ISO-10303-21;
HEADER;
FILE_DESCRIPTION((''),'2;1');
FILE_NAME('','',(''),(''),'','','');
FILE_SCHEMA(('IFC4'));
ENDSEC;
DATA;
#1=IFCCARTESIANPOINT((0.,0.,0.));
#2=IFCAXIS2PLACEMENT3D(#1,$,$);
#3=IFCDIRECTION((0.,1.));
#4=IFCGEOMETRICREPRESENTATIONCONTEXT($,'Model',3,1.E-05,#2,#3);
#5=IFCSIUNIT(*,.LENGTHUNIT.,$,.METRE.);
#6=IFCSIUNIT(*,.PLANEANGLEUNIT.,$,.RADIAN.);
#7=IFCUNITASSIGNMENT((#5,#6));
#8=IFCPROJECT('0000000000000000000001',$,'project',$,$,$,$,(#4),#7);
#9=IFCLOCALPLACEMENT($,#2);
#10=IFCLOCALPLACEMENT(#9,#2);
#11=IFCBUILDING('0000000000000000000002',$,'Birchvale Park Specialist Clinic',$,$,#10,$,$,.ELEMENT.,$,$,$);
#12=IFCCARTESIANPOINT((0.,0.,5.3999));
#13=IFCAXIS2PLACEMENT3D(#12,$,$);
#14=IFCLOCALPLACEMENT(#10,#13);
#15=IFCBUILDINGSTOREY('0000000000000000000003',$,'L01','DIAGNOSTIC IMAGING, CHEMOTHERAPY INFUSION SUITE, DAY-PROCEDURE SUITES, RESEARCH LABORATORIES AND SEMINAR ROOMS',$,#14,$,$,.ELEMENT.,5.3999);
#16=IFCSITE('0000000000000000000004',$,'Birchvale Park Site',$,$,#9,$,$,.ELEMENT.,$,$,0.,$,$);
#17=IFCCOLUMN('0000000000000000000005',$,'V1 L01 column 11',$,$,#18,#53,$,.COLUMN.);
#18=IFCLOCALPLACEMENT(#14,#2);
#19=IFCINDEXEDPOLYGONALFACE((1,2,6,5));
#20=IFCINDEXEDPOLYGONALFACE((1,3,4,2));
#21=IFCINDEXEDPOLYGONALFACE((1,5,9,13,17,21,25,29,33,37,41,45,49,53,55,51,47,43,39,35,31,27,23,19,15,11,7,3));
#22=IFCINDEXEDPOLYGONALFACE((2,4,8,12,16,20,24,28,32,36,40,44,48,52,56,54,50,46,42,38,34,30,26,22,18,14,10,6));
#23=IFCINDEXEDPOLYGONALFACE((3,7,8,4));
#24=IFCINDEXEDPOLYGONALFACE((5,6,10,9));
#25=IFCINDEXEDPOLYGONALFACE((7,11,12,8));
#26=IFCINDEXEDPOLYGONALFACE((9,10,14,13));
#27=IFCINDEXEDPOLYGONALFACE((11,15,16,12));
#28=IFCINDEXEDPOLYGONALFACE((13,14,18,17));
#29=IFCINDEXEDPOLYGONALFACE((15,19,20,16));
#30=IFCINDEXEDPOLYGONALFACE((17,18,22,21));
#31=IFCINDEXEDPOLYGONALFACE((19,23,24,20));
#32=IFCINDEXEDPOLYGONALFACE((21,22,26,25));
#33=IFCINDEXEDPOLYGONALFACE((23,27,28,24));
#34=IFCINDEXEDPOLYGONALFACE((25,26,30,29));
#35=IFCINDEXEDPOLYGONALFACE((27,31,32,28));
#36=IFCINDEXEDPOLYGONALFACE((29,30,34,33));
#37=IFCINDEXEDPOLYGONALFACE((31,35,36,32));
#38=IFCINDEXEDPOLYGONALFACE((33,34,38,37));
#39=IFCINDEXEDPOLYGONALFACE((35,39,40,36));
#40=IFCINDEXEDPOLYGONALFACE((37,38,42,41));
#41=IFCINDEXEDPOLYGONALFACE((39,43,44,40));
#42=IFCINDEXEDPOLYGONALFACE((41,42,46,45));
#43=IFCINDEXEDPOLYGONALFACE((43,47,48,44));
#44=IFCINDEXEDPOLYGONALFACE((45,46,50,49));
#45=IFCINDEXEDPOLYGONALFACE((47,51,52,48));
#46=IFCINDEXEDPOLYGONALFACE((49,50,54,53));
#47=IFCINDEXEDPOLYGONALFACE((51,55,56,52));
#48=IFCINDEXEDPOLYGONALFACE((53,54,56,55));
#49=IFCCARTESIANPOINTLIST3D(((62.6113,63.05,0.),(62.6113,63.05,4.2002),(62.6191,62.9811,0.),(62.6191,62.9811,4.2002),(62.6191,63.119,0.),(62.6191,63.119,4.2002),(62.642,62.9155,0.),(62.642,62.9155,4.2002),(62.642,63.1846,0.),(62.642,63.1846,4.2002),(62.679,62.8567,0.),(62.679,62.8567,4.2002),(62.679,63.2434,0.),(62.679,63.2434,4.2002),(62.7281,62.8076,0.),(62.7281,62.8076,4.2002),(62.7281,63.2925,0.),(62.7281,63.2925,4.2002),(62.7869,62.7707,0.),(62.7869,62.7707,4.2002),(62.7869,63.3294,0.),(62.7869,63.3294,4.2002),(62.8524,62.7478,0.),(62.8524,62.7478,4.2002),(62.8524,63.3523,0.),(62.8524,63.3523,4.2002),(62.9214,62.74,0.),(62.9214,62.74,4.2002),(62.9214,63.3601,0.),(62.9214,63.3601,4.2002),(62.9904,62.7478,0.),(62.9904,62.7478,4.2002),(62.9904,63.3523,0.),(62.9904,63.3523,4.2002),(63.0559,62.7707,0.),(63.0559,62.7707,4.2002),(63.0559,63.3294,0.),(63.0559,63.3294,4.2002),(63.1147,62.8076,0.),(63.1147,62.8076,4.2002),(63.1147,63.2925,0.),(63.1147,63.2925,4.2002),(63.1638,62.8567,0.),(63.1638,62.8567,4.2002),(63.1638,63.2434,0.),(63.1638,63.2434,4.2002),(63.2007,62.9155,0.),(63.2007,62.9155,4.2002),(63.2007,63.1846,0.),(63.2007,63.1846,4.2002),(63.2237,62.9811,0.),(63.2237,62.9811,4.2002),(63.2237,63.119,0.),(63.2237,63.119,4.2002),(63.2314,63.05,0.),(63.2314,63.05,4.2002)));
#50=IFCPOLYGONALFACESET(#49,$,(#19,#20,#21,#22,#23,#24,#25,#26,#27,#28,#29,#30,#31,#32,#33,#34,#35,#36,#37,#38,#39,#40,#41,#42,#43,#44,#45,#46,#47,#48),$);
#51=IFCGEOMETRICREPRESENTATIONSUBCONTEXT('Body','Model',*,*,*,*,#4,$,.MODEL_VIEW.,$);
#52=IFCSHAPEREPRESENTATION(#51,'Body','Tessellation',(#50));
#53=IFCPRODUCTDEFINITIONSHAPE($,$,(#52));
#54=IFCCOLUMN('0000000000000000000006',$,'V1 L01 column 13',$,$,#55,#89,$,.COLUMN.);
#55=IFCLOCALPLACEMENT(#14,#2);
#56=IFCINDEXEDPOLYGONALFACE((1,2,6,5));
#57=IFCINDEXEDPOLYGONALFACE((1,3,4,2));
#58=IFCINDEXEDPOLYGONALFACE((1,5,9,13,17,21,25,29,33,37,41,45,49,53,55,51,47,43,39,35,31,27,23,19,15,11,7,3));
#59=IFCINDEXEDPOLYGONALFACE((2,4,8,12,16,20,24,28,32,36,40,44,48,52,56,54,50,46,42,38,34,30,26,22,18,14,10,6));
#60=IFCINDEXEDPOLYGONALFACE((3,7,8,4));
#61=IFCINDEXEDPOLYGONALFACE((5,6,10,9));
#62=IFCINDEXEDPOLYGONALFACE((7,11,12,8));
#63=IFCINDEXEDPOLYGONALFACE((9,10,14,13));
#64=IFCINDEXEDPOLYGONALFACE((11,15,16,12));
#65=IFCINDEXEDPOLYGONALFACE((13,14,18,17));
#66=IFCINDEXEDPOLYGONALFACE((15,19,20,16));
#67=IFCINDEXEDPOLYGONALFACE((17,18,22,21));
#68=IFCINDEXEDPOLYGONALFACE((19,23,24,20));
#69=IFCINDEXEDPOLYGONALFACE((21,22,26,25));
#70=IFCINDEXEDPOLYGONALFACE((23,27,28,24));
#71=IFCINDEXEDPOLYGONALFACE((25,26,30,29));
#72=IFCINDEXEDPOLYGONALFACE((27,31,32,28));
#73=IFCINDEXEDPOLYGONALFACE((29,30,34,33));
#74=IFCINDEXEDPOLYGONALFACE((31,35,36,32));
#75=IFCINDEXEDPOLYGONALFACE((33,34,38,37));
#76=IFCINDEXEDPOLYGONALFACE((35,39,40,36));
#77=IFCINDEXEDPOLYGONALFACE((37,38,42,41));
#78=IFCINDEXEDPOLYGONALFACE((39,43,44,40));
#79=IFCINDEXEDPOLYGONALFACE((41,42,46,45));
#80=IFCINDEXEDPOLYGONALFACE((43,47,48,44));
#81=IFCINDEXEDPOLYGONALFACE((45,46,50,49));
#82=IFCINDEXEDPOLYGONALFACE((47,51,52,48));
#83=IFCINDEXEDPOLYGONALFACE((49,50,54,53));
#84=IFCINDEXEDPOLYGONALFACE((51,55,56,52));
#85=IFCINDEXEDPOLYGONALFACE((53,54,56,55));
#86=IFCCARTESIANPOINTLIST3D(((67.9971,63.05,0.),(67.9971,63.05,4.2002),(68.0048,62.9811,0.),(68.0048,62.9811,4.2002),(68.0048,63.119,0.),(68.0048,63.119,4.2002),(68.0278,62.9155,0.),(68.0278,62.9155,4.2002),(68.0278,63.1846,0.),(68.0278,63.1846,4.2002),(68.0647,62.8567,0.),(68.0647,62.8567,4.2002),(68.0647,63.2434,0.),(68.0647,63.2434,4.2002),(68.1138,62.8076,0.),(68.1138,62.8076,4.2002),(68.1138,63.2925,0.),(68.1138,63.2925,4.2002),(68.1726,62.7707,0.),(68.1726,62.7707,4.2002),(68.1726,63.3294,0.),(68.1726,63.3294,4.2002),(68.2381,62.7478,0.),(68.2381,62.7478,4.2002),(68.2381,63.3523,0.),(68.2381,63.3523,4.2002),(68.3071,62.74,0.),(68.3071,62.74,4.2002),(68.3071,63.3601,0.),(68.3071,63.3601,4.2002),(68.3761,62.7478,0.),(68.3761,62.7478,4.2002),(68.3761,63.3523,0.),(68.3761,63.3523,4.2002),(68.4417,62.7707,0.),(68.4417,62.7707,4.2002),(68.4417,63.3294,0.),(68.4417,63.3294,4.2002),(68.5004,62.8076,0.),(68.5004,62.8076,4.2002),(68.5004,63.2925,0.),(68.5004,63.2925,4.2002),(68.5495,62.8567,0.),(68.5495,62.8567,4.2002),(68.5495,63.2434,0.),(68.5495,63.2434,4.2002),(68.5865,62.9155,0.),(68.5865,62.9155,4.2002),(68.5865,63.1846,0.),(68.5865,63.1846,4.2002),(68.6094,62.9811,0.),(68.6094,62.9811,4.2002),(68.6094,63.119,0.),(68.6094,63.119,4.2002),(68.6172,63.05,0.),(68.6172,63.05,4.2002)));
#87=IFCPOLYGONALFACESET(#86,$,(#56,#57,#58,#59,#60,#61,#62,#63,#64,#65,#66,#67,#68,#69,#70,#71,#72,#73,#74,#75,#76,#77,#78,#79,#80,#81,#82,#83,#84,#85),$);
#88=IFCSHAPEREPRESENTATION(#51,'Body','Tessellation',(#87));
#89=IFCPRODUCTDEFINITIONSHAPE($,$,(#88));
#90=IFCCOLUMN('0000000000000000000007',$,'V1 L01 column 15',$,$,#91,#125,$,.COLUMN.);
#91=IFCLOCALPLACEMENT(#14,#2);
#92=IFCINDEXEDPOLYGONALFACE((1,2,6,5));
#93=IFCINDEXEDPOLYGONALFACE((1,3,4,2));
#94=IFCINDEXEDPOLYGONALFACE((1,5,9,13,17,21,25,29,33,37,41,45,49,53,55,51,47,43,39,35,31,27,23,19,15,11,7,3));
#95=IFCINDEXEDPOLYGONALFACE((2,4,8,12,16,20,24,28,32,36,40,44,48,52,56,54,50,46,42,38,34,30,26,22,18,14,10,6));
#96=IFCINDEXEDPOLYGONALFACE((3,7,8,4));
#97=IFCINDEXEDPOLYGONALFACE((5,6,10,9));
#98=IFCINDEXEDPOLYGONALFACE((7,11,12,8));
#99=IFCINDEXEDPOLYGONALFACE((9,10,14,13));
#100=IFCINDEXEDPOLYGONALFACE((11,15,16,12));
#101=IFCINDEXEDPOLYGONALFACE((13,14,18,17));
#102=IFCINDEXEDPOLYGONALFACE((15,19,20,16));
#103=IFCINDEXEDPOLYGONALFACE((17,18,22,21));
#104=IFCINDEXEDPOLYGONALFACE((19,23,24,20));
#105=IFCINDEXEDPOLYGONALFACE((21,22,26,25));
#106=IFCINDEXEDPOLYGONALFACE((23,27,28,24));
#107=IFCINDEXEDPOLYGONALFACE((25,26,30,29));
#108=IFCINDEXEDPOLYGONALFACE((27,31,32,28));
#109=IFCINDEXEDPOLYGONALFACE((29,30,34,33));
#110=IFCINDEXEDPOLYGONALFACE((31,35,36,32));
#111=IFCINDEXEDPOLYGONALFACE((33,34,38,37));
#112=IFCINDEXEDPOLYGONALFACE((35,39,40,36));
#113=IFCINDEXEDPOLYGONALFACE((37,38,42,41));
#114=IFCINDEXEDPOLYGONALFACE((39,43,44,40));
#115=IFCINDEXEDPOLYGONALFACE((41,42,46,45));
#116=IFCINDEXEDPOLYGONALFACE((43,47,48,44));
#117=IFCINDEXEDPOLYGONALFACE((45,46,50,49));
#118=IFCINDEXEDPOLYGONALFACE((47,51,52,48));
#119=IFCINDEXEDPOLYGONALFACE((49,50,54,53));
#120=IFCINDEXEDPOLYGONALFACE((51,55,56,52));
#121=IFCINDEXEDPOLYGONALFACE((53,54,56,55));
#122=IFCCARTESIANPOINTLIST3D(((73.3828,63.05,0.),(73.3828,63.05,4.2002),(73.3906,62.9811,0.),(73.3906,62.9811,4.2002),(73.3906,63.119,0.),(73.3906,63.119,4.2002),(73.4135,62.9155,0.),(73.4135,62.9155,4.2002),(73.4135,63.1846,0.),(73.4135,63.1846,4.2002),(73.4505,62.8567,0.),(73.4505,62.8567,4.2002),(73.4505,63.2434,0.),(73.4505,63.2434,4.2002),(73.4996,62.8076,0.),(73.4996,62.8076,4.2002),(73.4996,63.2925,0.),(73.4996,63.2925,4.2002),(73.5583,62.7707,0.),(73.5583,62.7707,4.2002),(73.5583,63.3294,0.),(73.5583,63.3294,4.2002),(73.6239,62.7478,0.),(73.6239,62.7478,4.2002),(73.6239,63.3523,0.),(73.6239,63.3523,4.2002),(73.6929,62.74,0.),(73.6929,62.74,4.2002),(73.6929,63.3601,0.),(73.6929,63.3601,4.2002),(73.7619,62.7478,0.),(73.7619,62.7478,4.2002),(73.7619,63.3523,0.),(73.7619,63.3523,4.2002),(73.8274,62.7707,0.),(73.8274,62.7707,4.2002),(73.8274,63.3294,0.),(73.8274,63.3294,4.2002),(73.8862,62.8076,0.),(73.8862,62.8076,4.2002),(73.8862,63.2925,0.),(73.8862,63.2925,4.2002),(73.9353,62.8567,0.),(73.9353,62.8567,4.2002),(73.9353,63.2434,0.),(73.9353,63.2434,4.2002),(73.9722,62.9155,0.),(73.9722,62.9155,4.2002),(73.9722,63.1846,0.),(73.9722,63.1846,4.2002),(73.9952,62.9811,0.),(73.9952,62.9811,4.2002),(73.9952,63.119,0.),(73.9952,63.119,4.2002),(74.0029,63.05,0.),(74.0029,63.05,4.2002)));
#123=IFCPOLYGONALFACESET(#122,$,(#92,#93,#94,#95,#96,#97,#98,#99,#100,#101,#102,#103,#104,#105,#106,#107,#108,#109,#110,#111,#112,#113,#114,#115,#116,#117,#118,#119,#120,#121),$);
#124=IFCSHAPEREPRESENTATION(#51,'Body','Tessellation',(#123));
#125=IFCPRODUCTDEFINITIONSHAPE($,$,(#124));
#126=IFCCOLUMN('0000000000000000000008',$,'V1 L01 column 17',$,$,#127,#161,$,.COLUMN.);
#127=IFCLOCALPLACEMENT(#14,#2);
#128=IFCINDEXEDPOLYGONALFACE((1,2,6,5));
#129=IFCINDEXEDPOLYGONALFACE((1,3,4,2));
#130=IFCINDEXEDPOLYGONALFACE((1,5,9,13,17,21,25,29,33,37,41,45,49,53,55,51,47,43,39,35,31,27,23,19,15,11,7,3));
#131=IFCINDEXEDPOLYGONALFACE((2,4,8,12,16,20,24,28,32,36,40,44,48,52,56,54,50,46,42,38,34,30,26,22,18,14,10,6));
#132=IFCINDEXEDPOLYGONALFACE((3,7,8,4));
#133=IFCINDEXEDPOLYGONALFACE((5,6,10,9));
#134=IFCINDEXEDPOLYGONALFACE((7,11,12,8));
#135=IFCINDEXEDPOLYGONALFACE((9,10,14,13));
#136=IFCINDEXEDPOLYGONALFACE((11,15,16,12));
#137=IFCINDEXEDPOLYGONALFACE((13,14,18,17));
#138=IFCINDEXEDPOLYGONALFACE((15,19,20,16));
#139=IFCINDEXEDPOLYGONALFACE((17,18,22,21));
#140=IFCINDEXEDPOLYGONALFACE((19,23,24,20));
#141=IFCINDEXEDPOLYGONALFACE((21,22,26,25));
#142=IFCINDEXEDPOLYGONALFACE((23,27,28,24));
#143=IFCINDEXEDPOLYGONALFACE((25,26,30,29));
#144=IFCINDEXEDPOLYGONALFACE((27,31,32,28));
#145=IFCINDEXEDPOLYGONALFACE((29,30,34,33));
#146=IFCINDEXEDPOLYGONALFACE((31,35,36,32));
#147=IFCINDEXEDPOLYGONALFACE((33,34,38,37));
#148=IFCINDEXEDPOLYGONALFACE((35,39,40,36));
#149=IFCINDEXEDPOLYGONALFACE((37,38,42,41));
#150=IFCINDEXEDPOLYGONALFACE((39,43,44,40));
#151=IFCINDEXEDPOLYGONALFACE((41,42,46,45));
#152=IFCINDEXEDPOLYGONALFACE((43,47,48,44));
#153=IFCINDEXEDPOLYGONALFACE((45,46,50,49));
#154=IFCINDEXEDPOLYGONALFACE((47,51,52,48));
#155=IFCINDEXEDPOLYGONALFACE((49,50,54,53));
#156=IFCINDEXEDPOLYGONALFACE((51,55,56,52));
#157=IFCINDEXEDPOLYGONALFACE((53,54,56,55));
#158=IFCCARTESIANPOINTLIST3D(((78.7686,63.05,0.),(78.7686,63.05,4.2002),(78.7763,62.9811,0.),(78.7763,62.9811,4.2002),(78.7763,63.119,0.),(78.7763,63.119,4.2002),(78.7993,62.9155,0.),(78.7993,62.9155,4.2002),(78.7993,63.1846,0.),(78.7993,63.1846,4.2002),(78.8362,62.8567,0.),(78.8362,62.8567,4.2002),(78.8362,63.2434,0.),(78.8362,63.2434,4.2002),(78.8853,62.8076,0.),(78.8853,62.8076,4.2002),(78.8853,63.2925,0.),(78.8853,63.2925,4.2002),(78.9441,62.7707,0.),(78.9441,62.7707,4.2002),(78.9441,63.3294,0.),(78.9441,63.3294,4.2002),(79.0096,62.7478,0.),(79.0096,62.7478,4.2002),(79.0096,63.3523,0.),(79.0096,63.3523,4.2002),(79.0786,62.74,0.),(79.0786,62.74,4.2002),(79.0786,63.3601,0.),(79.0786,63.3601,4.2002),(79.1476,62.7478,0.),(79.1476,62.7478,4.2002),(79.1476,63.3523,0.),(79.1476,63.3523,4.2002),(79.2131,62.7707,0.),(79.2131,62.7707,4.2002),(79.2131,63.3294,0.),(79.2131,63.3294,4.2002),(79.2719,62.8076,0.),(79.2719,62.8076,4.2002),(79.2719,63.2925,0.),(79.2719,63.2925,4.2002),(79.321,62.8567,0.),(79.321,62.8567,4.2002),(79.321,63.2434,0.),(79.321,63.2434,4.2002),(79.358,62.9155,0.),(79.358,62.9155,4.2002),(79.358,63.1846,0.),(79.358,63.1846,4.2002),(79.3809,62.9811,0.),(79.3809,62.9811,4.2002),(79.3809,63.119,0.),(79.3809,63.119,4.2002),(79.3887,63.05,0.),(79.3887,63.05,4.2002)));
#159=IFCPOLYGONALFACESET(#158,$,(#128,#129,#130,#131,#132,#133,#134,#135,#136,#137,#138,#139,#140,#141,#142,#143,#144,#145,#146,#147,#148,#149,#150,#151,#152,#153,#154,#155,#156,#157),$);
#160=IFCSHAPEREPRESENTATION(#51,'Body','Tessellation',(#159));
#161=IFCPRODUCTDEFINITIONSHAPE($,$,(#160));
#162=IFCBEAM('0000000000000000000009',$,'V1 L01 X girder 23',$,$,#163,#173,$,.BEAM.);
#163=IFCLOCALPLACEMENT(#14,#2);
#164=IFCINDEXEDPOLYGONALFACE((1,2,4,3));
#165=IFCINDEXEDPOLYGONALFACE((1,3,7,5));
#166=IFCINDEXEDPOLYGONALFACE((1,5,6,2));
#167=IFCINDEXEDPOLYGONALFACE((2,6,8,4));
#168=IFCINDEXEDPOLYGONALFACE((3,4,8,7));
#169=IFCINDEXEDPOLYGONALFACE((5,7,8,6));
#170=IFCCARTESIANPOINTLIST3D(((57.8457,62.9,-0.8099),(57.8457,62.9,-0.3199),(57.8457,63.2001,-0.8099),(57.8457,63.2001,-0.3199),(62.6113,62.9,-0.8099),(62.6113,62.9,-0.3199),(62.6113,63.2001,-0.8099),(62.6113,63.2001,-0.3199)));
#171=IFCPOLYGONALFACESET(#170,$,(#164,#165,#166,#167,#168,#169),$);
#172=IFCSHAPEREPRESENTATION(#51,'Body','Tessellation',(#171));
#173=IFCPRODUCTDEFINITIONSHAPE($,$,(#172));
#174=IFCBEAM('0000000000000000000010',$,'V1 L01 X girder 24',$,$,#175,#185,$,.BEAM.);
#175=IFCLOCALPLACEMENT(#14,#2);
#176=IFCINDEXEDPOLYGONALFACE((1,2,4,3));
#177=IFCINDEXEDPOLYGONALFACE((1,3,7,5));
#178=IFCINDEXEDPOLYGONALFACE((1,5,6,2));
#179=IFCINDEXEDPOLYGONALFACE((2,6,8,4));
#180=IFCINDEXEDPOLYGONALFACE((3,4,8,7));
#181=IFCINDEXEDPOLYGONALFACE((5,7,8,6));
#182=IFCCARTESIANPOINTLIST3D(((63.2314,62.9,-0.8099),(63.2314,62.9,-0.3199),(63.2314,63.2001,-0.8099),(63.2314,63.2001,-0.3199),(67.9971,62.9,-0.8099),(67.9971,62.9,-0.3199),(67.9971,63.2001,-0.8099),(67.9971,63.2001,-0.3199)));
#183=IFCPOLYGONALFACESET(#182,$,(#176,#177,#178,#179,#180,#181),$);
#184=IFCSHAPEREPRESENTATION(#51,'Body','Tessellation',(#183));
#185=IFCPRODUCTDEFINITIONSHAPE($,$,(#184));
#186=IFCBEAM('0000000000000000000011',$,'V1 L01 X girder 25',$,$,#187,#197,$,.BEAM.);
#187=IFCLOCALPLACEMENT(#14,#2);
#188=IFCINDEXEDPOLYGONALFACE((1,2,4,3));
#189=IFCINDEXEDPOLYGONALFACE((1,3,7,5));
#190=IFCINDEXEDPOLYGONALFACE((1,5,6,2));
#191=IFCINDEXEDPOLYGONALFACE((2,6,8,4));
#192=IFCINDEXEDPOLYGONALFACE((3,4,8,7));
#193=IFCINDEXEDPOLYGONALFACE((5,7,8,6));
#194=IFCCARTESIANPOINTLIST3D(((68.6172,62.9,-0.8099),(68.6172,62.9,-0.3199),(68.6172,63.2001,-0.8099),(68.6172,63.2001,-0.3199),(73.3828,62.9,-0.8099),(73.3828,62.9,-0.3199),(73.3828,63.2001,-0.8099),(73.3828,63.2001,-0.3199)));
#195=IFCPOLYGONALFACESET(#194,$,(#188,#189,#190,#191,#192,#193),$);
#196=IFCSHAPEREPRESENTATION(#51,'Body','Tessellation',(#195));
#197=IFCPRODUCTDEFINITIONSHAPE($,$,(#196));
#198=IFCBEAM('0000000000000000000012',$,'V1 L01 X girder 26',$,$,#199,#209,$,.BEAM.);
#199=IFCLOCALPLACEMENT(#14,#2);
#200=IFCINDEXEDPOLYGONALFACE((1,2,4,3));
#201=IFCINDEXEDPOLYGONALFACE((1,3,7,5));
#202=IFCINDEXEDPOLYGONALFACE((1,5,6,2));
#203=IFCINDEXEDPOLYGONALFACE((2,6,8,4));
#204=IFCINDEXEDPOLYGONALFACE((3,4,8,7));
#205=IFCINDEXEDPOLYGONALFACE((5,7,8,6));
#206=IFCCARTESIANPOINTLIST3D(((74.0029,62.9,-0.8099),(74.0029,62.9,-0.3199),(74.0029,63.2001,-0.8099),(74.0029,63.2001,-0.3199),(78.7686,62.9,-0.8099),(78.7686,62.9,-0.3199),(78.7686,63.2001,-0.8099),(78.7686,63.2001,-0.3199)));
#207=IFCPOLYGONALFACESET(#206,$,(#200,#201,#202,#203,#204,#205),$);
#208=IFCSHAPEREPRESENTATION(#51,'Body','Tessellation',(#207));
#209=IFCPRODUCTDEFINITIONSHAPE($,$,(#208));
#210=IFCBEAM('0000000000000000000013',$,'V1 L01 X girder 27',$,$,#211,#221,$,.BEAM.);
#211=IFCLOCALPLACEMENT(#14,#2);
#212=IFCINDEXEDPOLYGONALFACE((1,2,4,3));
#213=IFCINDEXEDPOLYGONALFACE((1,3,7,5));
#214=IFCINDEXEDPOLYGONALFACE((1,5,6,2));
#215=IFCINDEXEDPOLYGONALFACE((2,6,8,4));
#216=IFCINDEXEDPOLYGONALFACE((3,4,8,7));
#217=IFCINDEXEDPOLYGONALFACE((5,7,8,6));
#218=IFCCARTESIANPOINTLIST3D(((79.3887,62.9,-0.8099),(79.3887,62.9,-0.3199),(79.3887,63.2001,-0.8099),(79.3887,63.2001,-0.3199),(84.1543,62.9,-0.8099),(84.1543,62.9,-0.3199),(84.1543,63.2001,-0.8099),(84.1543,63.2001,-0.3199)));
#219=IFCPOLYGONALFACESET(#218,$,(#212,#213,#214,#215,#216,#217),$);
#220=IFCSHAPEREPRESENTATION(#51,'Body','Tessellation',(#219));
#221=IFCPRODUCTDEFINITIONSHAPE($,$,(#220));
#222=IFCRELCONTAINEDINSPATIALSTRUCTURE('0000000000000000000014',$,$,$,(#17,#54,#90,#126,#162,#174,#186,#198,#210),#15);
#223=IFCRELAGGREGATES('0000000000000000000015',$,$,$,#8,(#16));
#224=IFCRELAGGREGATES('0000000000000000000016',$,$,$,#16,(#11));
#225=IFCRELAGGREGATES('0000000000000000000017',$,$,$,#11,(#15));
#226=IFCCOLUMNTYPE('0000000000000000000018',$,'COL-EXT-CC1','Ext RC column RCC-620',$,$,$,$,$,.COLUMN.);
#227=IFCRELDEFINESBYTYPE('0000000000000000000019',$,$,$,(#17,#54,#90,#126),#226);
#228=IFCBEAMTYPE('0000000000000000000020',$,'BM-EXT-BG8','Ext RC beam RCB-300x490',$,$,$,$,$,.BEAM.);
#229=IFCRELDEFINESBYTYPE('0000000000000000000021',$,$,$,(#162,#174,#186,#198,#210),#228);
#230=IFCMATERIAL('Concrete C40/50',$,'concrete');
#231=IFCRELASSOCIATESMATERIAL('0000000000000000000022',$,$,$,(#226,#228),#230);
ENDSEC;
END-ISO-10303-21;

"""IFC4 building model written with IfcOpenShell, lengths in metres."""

from ifc_helpers import new_model, si_unit, direction, frame, origin, origin_2d, place, context, subcontext, project, spatial, rectangle, circle, extrude, material, material_profile, profile_set, type_object, element, save


model = new_model("IFC4")

# Units and contexts
model_context = context("Model", 3, precision=1e-05, world=origin(), true_north=direction((0.0, 1.0)))
body_context = subcontext(model_context, "Body", "Model", "MODEL_VIEW")
ifc_project = project(units=[si_unit("LENGTHUNIT", "METRE"), si_unit("PLANEANGLEUNIT", "RADIAN")], contexts=[model_context])

# Site, building, storey
site_placement = place(None, origin())
site = spatial("IfcSite", under=ifc_project, at=site_placement, Name="Birchvale Park Site", CompositionType="ELEMENT", RefElevation=0.0)
building_placement = place(site_placement, origin())
building = spatial("IfcBuilding", under=site, at=building_placement, Name="Birchvale Park Specialist Clinic", CompositionType="ELEMENT")
storey_placement = place(building_placement, frame((0.0, 0.0, 5.3999)))
storey = spatial("IfcBuildingStorey", under=building, at=storey_placement, Name="L01", Description="DIAGNOSTIC IMAGING, CHEMOTHERAPY INFUSION SUITE, DAY-PROCEDURE SUITES, RESEARCH LABORATORIES AND SEMINAR ROOMS", CompositionType="ELEMENT", Elevation=5.3999)

# Columns
ifc_material_1 = material(Name="Concrete C40/50", Category="concrete")
ifc_material_profile_1 = material_profile(ifc_material_1, circle(Radius=0.3101, at=origin_2d()), Name="RCC-620")
ifc_profile_set_1 = profile_set([ifc_material_profile_1], Name="Concrete C40/50")
column_type = type_object("IfcColumnType", Name="COL-EXT-CC1", Description="Ext RC column RCC-620", PredefinedType="COLUMN", material=ifc_profile_set_1)
for number, where, z_axis, x_axis, name in (
    (1, (62.9214, 63.05, 0.0), (0.0, 0.0, 1.0), (1.0, 0.0, 0.0), "V1 L01 column 11"),
    (2, (68.3071, 63.05, 0.0), (0.0, 0.0, 1.0), (1.0, 0.0, 0.0), "V1 L01 column 13"),
    (3, (73.6929, 63.05, 0.0), (0.0, 0.0, 1.0), (1.0, 0.0, 0.0), "V1 L01 column 15"),
    (4, (79.0786, 63.05, 0.0), (0.0, 0.0, 1.0), (1.0, 0.0, 0.0), "V1 L01 column 17"),
):
    element("IfcColumn", number, at=place(storey_placement, frame(where, z_axis=z_axis, x_axis=x_axis)), inside=storey, type_object=column_type, Name=name, PredefinedType="COLUMN", context=body_context, shape_type="SweptSolid", body=[
        extrude(circle(Radius=0.3101, at=origin_2d()), origin(), (0.0, 0.0, 1.0), 4.2002),
    ])

# Beams
ifc_material_profile_2 = material_profile(ifc_material_1, rectangle(XDim=0.3, YDim=0.49, at=origin_2d()), Name="RCB-300x490")
ifc_profile_set_2 = profile_set([ifc_material_profile_2], Name="Concrete C40/50")
beam_type = type_object("IfcBeamType", Name="BM-EXT-BG8", Description="Ext RC beam RCB-300x490", PredefinedType="BEAM", material=ifc_profile_set_2)
for number, where, z_axis, x_axis, name in (
    (5, (57.8457, 63.05, -0.5649), (1.0, 0.0, 0.0), (0.0, 1.0, 0.0), "V1 L01 X girder 23"),
    (6, (63.2314, 63.05, -0.5649), (1.0, 0.0, 0.0), (0.0, 1.0, 0.0), "V1 L01 X girder 24"),
    (7, (68.6172, 63.05, -0.5649), (1.0, 0.0, 0.0), (0.0, 1.0, 0.0), "V1 L01 X girder 25"),
    (8, (74.0029, 63.05, -0.5649), (1.0, 0.0, 0.0), (0.0, 1.0, 0.0), "V1 L01 X girder 26"),
    (9, (79.3887, 63.05, -0.5649), (1.0, 0.0, 0.0), (0.0, 1.0, 0.0), "V1 L01 X girder 27"),
):
    element("IfcBeam", number, at=place(storey_placement, frame(where, z_axis=z_axis, x_axis=x_axis)), inside=storey, type_object=beam_type, Name=name, PredefinedType="BEAM", context=body_context, shape_type="SweptSolid", body=[
        extrude(rectangle(XDim=0.3, YDim=0.49, at=origin_2d()), origin(), (0.0, 0.0, 1.0), 4.7656),
    ])

save(model, "model.ifc")
